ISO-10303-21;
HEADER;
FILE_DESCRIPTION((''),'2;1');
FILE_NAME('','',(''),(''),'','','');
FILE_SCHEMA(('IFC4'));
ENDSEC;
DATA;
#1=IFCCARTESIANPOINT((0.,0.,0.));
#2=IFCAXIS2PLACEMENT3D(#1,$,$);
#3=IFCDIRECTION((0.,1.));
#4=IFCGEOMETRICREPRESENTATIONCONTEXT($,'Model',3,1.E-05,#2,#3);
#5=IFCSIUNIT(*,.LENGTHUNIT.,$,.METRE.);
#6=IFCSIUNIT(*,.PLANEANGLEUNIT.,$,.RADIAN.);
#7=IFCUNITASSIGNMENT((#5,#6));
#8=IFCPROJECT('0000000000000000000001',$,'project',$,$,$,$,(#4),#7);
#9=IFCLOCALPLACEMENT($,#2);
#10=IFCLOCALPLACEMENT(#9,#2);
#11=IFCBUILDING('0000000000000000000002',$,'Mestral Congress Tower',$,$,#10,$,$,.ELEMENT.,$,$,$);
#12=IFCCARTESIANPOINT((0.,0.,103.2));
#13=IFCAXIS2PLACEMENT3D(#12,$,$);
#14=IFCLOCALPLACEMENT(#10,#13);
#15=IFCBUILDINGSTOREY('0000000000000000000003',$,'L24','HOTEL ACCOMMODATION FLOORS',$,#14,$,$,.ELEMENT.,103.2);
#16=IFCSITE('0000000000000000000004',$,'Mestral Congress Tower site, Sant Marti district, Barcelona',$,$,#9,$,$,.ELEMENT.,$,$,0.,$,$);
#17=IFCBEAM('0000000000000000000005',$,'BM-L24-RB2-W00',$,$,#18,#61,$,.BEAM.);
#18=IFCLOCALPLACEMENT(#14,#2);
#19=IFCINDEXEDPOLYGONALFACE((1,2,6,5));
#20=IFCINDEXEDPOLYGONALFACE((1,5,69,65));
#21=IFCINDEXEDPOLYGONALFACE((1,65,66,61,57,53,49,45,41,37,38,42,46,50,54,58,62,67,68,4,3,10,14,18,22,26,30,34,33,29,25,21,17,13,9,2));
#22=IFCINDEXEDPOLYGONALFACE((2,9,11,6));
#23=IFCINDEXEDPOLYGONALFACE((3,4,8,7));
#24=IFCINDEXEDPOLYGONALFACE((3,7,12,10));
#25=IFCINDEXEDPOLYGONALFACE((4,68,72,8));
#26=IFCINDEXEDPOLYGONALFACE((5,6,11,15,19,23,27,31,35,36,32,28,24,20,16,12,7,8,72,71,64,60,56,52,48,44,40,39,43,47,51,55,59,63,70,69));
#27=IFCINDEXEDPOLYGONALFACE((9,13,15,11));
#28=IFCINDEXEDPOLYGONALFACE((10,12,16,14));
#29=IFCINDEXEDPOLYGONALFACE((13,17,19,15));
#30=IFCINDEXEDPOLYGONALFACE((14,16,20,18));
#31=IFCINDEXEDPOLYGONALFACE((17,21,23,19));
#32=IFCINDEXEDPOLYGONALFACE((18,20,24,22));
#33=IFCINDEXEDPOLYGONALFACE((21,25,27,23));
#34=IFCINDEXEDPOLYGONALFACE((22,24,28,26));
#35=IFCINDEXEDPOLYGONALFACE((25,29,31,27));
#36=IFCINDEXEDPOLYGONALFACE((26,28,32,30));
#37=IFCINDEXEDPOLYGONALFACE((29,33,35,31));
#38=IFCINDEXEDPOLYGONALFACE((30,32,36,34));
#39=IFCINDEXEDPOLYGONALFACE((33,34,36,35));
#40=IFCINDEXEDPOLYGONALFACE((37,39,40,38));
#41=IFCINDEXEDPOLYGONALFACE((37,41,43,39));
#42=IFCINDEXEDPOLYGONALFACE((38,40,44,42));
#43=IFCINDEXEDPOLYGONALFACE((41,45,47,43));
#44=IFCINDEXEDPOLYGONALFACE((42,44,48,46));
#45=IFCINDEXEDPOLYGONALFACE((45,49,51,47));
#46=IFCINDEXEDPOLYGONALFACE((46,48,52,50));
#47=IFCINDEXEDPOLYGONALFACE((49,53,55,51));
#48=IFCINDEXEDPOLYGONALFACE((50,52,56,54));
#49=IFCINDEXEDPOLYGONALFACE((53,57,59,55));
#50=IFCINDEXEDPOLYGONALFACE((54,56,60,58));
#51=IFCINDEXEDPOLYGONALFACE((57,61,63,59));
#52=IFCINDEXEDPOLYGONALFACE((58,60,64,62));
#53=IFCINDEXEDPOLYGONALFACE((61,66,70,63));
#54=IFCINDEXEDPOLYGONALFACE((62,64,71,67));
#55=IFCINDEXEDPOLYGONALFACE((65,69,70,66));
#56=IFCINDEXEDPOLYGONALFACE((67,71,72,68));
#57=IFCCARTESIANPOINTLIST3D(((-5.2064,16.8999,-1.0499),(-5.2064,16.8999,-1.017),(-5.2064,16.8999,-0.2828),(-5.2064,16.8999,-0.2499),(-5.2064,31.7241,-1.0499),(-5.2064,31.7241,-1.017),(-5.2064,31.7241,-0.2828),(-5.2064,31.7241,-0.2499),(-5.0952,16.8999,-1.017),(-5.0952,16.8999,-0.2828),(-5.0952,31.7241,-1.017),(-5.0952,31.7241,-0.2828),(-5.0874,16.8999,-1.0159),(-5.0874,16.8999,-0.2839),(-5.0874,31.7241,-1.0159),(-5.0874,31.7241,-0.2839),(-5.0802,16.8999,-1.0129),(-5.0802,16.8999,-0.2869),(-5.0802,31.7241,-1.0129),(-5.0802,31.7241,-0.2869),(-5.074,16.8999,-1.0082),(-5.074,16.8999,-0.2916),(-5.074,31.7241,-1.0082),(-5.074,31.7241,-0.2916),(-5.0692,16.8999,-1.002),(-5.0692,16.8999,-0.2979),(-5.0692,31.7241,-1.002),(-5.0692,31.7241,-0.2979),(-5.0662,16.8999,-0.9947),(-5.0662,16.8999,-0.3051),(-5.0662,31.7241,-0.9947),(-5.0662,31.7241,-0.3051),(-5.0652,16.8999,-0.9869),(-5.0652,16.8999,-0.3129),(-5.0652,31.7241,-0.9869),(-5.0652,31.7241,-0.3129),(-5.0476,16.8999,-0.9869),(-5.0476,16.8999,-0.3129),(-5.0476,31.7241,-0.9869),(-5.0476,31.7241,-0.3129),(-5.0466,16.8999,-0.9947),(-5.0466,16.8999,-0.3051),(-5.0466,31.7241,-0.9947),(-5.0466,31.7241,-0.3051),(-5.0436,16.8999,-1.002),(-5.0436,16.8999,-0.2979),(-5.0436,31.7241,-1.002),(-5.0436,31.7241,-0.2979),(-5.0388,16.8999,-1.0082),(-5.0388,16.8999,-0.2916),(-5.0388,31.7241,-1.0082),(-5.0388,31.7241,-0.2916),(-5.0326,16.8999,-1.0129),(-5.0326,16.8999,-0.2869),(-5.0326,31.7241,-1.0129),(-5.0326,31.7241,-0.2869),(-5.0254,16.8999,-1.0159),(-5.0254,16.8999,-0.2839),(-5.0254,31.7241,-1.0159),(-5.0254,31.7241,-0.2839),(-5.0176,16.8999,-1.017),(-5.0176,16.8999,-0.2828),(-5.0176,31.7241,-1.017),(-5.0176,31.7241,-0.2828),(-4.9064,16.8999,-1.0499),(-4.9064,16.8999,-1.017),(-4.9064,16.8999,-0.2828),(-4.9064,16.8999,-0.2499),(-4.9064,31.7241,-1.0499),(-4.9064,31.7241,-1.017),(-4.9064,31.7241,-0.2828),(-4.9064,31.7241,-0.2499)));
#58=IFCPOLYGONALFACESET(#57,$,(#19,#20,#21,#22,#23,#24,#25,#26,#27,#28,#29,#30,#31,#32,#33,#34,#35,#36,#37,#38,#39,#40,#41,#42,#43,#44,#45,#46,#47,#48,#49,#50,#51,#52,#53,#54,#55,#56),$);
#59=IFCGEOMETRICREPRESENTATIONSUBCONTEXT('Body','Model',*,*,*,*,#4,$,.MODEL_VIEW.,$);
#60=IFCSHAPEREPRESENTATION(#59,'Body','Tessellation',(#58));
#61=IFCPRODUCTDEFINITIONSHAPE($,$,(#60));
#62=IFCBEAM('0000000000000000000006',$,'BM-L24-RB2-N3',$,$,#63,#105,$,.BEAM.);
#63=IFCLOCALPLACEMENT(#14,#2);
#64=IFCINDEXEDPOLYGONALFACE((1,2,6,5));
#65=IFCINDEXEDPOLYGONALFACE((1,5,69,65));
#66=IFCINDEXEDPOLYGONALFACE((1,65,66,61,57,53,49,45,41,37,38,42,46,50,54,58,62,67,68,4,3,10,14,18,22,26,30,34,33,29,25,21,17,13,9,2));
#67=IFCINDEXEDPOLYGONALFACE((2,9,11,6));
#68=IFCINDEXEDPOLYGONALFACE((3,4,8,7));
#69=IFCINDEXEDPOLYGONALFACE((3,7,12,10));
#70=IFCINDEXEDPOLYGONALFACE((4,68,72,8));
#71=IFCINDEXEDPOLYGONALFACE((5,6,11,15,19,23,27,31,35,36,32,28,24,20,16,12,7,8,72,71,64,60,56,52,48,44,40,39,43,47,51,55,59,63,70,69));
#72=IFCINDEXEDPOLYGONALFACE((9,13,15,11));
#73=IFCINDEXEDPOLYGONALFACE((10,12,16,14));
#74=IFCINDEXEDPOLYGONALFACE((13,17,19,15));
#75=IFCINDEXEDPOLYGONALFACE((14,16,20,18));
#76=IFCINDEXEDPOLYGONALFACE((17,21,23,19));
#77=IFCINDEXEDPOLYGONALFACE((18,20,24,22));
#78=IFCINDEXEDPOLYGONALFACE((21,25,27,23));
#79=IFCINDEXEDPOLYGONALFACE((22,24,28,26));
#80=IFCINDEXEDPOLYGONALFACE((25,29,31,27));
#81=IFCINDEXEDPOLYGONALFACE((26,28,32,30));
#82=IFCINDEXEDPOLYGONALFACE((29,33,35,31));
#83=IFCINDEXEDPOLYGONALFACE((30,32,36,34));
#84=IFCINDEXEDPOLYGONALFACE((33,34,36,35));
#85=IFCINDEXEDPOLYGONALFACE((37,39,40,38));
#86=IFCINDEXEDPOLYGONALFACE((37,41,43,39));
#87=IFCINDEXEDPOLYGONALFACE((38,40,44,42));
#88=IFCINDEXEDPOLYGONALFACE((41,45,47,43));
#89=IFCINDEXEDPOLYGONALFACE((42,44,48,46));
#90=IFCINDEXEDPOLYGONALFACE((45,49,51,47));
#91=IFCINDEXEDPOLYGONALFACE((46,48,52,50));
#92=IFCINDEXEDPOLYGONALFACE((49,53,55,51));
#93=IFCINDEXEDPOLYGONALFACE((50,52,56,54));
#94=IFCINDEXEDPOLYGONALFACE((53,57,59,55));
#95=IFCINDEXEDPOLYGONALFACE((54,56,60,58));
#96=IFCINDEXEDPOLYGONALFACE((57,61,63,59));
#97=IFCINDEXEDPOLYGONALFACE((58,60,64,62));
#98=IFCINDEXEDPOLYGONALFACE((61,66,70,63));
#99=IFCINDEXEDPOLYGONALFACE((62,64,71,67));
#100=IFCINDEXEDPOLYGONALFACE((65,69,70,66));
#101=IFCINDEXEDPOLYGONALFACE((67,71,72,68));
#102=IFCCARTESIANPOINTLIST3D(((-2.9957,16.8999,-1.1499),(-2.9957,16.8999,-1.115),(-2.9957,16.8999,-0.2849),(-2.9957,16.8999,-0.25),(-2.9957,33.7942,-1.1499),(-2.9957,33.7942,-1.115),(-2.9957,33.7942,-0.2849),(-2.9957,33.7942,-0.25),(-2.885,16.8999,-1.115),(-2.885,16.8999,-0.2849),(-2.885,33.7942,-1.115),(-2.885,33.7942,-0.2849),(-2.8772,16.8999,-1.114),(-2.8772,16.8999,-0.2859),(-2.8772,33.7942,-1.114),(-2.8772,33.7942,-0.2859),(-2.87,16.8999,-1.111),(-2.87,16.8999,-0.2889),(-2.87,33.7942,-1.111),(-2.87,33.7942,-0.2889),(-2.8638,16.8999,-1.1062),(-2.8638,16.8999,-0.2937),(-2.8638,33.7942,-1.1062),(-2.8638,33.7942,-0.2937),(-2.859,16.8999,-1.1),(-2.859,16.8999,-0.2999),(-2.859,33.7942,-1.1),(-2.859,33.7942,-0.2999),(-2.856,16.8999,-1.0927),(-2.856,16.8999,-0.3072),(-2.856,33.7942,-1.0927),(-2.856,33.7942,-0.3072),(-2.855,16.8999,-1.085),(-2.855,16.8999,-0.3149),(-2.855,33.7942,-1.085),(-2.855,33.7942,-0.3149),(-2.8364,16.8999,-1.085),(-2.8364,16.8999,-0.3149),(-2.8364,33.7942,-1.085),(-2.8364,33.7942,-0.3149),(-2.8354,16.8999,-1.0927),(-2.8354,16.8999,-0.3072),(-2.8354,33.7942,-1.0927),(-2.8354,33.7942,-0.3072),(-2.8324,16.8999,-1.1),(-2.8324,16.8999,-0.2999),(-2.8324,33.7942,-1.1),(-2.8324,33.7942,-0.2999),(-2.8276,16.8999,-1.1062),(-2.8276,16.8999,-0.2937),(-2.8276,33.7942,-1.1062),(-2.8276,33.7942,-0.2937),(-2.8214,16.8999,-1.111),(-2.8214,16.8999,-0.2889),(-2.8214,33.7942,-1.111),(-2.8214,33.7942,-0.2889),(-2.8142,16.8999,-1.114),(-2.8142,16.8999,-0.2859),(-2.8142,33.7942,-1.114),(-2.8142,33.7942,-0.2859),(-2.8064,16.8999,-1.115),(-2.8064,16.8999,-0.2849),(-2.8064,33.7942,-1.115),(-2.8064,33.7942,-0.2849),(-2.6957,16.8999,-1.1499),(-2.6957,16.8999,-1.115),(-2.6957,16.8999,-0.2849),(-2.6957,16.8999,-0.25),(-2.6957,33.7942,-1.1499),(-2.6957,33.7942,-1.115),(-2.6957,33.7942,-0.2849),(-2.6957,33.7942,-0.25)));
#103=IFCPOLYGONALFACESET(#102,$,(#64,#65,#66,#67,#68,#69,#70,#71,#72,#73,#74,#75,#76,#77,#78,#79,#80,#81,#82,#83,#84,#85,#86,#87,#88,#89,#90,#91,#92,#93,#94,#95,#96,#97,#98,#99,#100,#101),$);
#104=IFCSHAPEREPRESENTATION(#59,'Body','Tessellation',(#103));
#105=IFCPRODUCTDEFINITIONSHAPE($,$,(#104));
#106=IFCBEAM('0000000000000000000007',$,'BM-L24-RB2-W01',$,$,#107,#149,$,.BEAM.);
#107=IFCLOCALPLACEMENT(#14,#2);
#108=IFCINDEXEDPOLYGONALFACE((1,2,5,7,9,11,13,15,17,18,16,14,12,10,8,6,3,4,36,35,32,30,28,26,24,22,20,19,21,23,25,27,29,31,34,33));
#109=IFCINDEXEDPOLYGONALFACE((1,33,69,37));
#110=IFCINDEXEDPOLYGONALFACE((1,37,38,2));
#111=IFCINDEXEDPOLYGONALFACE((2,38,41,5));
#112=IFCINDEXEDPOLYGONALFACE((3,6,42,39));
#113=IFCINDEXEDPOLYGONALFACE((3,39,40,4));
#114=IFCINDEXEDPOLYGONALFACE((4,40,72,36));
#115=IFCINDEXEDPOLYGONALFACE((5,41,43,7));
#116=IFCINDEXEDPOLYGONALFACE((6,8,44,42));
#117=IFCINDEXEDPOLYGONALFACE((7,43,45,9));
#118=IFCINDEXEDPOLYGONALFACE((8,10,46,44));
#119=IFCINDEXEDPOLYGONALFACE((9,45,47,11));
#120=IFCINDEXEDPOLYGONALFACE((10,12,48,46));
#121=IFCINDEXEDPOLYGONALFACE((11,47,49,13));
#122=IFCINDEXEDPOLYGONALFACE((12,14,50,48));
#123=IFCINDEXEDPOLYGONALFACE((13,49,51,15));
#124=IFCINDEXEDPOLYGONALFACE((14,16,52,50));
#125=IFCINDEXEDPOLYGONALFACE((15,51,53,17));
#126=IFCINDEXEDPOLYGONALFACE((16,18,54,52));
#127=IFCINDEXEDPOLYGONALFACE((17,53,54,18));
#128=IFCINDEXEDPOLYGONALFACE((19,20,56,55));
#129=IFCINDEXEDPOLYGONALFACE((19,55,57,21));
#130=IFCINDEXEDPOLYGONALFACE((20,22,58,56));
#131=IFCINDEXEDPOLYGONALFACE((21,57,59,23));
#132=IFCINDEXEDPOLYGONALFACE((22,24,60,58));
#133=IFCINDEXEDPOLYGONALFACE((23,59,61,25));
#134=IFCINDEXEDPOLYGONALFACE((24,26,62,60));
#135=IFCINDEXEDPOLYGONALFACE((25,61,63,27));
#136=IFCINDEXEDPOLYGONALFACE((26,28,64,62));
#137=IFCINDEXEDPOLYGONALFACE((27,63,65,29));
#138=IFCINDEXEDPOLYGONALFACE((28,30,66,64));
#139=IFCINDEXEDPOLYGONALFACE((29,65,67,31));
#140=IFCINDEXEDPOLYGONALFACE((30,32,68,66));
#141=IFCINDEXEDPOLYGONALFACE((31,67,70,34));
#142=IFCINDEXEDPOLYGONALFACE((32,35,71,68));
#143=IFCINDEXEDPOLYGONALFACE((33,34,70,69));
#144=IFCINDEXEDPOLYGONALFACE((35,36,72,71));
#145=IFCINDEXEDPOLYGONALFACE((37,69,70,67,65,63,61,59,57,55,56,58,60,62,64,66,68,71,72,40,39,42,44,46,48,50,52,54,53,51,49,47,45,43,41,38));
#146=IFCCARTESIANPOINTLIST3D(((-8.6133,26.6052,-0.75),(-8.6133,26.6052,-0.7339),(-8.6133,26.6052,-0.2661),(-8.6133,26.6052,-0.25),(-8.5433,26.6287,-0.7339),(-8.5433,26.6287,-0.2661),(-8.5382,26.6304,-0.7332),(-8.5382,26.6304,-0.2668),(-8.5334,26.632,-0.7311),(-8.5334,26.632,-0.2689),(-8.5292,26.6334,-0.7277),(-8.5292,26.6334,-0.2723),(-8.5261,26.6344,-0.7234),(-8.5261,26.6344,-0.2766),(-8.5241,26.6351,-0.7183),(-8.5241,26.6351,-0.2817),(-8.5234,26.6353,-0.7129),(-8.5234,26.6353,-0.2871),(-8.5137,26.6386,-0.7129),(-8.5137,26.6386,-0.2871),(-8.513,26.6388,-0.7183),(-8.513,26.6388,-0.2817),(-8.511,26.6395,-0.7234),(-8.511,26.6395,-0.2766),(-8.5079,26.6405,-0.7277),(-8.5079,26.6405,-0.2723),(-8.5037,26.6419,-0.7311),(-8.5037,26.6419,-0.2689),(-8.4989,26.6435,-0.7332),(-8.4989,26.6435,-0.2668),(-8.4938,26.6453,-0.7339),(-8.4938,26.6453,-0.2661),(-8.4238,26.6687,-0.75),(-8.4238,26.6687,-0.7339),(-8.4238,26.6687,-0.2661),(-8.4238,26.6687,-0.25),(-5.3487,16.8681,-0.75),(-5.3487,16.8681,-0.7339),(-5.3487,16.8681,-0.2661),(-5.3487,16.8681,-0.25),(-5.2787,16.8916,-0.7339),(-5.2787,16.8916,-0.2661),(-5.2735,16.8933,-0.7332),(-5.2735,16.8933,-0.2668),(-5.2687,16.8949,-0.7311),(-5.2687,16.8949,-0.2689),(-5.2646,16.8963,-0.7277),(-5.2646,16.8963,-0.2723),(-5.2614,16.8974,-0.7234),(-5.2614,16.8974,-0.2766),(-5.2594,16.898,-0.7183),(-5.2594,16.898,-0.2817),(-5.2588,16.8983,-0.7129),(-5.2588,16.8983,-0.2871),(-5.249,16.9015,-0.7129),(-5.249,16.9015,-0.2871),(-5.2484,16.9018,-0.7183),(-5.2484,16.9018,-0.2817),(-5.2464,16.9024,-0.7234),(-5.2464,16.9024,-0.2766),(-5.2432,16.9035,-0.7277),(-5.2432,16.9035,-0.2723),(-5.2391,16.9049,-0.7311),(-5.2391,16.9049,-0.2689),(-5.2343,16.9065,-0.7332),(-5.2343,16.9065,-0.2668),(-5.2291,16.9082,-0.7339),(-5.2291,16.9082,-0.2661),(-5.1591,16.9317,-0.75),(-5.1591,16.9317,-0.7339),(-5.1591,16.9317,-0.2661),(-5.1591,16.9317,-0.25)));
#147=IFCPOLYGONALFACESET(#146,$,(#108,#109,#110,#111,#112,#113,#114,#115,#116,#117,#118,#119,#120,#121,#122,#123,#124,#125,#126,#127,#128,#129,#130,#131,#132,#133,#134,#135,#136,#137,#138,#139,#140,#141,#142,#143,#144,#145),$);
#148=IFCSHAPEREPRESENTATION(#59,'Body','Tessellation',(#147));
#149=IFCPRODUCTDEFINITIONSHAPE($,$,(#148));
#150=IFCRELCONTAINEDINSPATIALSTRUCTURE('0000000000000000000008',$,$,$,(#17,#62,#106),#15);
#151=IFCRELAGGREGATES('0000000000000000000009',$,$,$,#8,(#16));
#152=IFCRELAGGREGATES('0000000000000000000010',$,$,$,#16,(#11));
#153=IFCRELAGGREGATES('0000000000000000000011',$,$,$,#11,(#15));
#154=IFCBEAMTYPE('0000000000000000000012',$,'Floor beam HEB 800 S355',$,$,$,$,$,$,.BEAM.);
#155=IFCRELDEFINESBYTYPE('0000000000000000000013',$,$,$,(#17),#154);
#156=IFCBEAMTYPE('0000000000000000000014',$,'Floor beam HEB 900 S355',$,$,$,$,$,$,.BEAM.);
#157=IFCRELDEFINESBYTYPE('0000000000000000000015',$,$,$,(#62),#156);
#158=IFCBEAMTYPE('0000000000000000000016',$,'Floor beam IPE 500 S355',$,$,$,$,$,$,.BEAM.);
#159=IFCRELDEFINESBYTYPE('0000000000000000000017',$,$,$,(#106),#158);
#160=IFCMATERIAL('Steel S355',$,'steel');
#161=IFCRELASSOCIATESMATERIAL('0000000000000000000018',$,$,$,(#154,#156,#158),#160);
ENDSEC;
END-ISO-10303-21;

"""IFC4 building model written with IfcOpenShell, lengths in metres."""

from ifc_helpers import new_model, si_unit, direction, frame, origin, origin_2d, place, context, subcontext, project, spatial, i_section, extrude, material, material_profile, profile_set, type_object, element, save


model = new_model("IFC4")

# Units and contexts
model_context = context("Model", 3, precision=1e-05, world=origin(), true_north=direction((0.0, 1.0)))
body_context = subcontext(model_context, "Body", "Model", "MODEL_VIEW")
ifc_project = project(units=[si_unit("LENGTHUNIT", "METRE"), si_unit("PLANEANGLEUNIT", "RADIAN")], contexts=[model_context])

# Site, building, storey
site_placement = place(None, origin())
site = spatial("IfcSite", under=ifc_project, at=site_placement, Name="Mestral Congress Tower site, Sant Marti district, Barcelona", CompositionType="ELEMENT", RefElevation=0.0)
building_placement = place(site_placement, origin())
building = spatial("IfcBuilding", under=site, at=building_placement, Name="Mestral Congress Tower", CompositionType="ELEMENT")
storey_placement = place(building_placement, frame((0.0, 0.0, 103.2)))
storey = spatial("IfcBuildingStorey", under=building, at=storey_placement, Name="L24", Description="HOTEL ACCOMMODATION FLOORS", CompositionType="ELEMENT", Elevation=103.2)

# Beams
ifc_material_1 = material(Name="Steel S355", Category="steel")
ifc_material_profile_1 = material_profile(ifc_material_1, i_section(OverallWidth=0.3, OverallDepth=0.8, WebThickness=0.0176, FlangeThickness=0.033, FilletRadius=0.03, at=origin_2d()), Name="HEB 800")
ifc_profile_set_1 = profile_set([ifc_material_profile_1], Name="Steel S355")
beam_type_1 = type_object("IfcBeamType", Name="Floor beam HEB 800 S355", PredefinedType="BEAM", material=ifc_profile_set_1)
beam_1_placement = place(storey_placement, frame((-5.0564, 31.7241, -0.6499), z_axis=(0.0, -1.0, 0.0), x_axis=(1.0, 0.0, 0.0)))
element("IfcBeam", 1, at=beam_1_placement, inside=storey, type_object=beam_type_1, Name="BM-L24-RB2-W00", PredefinedType="BEAM", context=body_context, shape_type="SweptSolid", body=[
    extrude(i_section(OverallWidth=0.3, OverallDepth=0.8, WebThickness=0.0176, FlangeThickness=0.033, FilletRadius=0.03, at=origin_2d()), origin(), (0.0, 0.0, 1.0), 14.8242),
])
ifc_material_profile_2 = material_profile(ifc_material_1, i_section(OverallWidth=0.3, OverallDepth=0.8999, WebThickness=0.0186, FlangeThickness=0.0349, FilletRadius=0.03, at=origin_2d()), Name="HEB 900")
ifc_profile_set_2 = profile_set([ifc_material_profile_2], Name="Steel S355")
beam_type_2 = type_object("IfcBeamType", Name="Floor beam HEB 900 S355", PredefinedType="BEAM", material=ifc_profile_set_2)
beam_2_placement = place(storey_placement, frame((-2.8457, 33.7942, -0.7), z_axis=(0.0, -1.0, 0.0), x_axis=(1.0, 0.0, 0.0)))
element("IfcBeam", 2, at=beam_2_placement, inside=storey, type_object=beam_type_2, Name="BM-L24-RB2-N3", PredefinedType="BEAM", context=body_context, shape_type="SweptSolid", body=[
    extrude(i_section(OverallWidth=0.3, OverallDepth=0.8999, WebThickness=0.0186, FlangeThickness=0.0349, FilletRadius=0.03, at=origin_2d()), origin(), (0.0, 0.0, 1.0), 16.8943),
])
ifc_material_profile_3 = material_profile(ifc_material_1, i_section(OverallWidth=0.2, OverallDepth=0.5, WebThickness=0.0103, FlangeThickness=0.0161, FilletRadius=0.021, at=origin_2d()), Name="IPE 500")
ifc_profile_set_3 = profile_set([ifc_material_profile_3], Name="Steel S355")
beam_type_3 = type_object("IfcBeamType", Name="Floor beam IPE 500 S355", PredefinedType="BEAM", material=ifc_profile_set_3)
beam_3_placement = place(storey_placement, frame((-8.5186, 26.637, -0.5), z_axis=(0.317889, -0.948128, 0.0), x_axis=(0.948128, 0.317889, 0.0)))
element("IfcBeam", 3, at=beam_3_placement, inside=storey, type_object=beam_type_3, Name="BM-L24-RB2-W01", PredefinedType="BEAM", context=body_context, shape_type="SweptSolid", body=[
    extrude(i_section(OverallWidth=0.2, OverallDepth=0.5, WebThickness=0.0103, FlangeThickness=0.0161, FilletRadius=0.021, at=origin_2d()), origin(), (0.0, 0.0, 1.0), 10.2698),
])

save(model, "model.ifc")
